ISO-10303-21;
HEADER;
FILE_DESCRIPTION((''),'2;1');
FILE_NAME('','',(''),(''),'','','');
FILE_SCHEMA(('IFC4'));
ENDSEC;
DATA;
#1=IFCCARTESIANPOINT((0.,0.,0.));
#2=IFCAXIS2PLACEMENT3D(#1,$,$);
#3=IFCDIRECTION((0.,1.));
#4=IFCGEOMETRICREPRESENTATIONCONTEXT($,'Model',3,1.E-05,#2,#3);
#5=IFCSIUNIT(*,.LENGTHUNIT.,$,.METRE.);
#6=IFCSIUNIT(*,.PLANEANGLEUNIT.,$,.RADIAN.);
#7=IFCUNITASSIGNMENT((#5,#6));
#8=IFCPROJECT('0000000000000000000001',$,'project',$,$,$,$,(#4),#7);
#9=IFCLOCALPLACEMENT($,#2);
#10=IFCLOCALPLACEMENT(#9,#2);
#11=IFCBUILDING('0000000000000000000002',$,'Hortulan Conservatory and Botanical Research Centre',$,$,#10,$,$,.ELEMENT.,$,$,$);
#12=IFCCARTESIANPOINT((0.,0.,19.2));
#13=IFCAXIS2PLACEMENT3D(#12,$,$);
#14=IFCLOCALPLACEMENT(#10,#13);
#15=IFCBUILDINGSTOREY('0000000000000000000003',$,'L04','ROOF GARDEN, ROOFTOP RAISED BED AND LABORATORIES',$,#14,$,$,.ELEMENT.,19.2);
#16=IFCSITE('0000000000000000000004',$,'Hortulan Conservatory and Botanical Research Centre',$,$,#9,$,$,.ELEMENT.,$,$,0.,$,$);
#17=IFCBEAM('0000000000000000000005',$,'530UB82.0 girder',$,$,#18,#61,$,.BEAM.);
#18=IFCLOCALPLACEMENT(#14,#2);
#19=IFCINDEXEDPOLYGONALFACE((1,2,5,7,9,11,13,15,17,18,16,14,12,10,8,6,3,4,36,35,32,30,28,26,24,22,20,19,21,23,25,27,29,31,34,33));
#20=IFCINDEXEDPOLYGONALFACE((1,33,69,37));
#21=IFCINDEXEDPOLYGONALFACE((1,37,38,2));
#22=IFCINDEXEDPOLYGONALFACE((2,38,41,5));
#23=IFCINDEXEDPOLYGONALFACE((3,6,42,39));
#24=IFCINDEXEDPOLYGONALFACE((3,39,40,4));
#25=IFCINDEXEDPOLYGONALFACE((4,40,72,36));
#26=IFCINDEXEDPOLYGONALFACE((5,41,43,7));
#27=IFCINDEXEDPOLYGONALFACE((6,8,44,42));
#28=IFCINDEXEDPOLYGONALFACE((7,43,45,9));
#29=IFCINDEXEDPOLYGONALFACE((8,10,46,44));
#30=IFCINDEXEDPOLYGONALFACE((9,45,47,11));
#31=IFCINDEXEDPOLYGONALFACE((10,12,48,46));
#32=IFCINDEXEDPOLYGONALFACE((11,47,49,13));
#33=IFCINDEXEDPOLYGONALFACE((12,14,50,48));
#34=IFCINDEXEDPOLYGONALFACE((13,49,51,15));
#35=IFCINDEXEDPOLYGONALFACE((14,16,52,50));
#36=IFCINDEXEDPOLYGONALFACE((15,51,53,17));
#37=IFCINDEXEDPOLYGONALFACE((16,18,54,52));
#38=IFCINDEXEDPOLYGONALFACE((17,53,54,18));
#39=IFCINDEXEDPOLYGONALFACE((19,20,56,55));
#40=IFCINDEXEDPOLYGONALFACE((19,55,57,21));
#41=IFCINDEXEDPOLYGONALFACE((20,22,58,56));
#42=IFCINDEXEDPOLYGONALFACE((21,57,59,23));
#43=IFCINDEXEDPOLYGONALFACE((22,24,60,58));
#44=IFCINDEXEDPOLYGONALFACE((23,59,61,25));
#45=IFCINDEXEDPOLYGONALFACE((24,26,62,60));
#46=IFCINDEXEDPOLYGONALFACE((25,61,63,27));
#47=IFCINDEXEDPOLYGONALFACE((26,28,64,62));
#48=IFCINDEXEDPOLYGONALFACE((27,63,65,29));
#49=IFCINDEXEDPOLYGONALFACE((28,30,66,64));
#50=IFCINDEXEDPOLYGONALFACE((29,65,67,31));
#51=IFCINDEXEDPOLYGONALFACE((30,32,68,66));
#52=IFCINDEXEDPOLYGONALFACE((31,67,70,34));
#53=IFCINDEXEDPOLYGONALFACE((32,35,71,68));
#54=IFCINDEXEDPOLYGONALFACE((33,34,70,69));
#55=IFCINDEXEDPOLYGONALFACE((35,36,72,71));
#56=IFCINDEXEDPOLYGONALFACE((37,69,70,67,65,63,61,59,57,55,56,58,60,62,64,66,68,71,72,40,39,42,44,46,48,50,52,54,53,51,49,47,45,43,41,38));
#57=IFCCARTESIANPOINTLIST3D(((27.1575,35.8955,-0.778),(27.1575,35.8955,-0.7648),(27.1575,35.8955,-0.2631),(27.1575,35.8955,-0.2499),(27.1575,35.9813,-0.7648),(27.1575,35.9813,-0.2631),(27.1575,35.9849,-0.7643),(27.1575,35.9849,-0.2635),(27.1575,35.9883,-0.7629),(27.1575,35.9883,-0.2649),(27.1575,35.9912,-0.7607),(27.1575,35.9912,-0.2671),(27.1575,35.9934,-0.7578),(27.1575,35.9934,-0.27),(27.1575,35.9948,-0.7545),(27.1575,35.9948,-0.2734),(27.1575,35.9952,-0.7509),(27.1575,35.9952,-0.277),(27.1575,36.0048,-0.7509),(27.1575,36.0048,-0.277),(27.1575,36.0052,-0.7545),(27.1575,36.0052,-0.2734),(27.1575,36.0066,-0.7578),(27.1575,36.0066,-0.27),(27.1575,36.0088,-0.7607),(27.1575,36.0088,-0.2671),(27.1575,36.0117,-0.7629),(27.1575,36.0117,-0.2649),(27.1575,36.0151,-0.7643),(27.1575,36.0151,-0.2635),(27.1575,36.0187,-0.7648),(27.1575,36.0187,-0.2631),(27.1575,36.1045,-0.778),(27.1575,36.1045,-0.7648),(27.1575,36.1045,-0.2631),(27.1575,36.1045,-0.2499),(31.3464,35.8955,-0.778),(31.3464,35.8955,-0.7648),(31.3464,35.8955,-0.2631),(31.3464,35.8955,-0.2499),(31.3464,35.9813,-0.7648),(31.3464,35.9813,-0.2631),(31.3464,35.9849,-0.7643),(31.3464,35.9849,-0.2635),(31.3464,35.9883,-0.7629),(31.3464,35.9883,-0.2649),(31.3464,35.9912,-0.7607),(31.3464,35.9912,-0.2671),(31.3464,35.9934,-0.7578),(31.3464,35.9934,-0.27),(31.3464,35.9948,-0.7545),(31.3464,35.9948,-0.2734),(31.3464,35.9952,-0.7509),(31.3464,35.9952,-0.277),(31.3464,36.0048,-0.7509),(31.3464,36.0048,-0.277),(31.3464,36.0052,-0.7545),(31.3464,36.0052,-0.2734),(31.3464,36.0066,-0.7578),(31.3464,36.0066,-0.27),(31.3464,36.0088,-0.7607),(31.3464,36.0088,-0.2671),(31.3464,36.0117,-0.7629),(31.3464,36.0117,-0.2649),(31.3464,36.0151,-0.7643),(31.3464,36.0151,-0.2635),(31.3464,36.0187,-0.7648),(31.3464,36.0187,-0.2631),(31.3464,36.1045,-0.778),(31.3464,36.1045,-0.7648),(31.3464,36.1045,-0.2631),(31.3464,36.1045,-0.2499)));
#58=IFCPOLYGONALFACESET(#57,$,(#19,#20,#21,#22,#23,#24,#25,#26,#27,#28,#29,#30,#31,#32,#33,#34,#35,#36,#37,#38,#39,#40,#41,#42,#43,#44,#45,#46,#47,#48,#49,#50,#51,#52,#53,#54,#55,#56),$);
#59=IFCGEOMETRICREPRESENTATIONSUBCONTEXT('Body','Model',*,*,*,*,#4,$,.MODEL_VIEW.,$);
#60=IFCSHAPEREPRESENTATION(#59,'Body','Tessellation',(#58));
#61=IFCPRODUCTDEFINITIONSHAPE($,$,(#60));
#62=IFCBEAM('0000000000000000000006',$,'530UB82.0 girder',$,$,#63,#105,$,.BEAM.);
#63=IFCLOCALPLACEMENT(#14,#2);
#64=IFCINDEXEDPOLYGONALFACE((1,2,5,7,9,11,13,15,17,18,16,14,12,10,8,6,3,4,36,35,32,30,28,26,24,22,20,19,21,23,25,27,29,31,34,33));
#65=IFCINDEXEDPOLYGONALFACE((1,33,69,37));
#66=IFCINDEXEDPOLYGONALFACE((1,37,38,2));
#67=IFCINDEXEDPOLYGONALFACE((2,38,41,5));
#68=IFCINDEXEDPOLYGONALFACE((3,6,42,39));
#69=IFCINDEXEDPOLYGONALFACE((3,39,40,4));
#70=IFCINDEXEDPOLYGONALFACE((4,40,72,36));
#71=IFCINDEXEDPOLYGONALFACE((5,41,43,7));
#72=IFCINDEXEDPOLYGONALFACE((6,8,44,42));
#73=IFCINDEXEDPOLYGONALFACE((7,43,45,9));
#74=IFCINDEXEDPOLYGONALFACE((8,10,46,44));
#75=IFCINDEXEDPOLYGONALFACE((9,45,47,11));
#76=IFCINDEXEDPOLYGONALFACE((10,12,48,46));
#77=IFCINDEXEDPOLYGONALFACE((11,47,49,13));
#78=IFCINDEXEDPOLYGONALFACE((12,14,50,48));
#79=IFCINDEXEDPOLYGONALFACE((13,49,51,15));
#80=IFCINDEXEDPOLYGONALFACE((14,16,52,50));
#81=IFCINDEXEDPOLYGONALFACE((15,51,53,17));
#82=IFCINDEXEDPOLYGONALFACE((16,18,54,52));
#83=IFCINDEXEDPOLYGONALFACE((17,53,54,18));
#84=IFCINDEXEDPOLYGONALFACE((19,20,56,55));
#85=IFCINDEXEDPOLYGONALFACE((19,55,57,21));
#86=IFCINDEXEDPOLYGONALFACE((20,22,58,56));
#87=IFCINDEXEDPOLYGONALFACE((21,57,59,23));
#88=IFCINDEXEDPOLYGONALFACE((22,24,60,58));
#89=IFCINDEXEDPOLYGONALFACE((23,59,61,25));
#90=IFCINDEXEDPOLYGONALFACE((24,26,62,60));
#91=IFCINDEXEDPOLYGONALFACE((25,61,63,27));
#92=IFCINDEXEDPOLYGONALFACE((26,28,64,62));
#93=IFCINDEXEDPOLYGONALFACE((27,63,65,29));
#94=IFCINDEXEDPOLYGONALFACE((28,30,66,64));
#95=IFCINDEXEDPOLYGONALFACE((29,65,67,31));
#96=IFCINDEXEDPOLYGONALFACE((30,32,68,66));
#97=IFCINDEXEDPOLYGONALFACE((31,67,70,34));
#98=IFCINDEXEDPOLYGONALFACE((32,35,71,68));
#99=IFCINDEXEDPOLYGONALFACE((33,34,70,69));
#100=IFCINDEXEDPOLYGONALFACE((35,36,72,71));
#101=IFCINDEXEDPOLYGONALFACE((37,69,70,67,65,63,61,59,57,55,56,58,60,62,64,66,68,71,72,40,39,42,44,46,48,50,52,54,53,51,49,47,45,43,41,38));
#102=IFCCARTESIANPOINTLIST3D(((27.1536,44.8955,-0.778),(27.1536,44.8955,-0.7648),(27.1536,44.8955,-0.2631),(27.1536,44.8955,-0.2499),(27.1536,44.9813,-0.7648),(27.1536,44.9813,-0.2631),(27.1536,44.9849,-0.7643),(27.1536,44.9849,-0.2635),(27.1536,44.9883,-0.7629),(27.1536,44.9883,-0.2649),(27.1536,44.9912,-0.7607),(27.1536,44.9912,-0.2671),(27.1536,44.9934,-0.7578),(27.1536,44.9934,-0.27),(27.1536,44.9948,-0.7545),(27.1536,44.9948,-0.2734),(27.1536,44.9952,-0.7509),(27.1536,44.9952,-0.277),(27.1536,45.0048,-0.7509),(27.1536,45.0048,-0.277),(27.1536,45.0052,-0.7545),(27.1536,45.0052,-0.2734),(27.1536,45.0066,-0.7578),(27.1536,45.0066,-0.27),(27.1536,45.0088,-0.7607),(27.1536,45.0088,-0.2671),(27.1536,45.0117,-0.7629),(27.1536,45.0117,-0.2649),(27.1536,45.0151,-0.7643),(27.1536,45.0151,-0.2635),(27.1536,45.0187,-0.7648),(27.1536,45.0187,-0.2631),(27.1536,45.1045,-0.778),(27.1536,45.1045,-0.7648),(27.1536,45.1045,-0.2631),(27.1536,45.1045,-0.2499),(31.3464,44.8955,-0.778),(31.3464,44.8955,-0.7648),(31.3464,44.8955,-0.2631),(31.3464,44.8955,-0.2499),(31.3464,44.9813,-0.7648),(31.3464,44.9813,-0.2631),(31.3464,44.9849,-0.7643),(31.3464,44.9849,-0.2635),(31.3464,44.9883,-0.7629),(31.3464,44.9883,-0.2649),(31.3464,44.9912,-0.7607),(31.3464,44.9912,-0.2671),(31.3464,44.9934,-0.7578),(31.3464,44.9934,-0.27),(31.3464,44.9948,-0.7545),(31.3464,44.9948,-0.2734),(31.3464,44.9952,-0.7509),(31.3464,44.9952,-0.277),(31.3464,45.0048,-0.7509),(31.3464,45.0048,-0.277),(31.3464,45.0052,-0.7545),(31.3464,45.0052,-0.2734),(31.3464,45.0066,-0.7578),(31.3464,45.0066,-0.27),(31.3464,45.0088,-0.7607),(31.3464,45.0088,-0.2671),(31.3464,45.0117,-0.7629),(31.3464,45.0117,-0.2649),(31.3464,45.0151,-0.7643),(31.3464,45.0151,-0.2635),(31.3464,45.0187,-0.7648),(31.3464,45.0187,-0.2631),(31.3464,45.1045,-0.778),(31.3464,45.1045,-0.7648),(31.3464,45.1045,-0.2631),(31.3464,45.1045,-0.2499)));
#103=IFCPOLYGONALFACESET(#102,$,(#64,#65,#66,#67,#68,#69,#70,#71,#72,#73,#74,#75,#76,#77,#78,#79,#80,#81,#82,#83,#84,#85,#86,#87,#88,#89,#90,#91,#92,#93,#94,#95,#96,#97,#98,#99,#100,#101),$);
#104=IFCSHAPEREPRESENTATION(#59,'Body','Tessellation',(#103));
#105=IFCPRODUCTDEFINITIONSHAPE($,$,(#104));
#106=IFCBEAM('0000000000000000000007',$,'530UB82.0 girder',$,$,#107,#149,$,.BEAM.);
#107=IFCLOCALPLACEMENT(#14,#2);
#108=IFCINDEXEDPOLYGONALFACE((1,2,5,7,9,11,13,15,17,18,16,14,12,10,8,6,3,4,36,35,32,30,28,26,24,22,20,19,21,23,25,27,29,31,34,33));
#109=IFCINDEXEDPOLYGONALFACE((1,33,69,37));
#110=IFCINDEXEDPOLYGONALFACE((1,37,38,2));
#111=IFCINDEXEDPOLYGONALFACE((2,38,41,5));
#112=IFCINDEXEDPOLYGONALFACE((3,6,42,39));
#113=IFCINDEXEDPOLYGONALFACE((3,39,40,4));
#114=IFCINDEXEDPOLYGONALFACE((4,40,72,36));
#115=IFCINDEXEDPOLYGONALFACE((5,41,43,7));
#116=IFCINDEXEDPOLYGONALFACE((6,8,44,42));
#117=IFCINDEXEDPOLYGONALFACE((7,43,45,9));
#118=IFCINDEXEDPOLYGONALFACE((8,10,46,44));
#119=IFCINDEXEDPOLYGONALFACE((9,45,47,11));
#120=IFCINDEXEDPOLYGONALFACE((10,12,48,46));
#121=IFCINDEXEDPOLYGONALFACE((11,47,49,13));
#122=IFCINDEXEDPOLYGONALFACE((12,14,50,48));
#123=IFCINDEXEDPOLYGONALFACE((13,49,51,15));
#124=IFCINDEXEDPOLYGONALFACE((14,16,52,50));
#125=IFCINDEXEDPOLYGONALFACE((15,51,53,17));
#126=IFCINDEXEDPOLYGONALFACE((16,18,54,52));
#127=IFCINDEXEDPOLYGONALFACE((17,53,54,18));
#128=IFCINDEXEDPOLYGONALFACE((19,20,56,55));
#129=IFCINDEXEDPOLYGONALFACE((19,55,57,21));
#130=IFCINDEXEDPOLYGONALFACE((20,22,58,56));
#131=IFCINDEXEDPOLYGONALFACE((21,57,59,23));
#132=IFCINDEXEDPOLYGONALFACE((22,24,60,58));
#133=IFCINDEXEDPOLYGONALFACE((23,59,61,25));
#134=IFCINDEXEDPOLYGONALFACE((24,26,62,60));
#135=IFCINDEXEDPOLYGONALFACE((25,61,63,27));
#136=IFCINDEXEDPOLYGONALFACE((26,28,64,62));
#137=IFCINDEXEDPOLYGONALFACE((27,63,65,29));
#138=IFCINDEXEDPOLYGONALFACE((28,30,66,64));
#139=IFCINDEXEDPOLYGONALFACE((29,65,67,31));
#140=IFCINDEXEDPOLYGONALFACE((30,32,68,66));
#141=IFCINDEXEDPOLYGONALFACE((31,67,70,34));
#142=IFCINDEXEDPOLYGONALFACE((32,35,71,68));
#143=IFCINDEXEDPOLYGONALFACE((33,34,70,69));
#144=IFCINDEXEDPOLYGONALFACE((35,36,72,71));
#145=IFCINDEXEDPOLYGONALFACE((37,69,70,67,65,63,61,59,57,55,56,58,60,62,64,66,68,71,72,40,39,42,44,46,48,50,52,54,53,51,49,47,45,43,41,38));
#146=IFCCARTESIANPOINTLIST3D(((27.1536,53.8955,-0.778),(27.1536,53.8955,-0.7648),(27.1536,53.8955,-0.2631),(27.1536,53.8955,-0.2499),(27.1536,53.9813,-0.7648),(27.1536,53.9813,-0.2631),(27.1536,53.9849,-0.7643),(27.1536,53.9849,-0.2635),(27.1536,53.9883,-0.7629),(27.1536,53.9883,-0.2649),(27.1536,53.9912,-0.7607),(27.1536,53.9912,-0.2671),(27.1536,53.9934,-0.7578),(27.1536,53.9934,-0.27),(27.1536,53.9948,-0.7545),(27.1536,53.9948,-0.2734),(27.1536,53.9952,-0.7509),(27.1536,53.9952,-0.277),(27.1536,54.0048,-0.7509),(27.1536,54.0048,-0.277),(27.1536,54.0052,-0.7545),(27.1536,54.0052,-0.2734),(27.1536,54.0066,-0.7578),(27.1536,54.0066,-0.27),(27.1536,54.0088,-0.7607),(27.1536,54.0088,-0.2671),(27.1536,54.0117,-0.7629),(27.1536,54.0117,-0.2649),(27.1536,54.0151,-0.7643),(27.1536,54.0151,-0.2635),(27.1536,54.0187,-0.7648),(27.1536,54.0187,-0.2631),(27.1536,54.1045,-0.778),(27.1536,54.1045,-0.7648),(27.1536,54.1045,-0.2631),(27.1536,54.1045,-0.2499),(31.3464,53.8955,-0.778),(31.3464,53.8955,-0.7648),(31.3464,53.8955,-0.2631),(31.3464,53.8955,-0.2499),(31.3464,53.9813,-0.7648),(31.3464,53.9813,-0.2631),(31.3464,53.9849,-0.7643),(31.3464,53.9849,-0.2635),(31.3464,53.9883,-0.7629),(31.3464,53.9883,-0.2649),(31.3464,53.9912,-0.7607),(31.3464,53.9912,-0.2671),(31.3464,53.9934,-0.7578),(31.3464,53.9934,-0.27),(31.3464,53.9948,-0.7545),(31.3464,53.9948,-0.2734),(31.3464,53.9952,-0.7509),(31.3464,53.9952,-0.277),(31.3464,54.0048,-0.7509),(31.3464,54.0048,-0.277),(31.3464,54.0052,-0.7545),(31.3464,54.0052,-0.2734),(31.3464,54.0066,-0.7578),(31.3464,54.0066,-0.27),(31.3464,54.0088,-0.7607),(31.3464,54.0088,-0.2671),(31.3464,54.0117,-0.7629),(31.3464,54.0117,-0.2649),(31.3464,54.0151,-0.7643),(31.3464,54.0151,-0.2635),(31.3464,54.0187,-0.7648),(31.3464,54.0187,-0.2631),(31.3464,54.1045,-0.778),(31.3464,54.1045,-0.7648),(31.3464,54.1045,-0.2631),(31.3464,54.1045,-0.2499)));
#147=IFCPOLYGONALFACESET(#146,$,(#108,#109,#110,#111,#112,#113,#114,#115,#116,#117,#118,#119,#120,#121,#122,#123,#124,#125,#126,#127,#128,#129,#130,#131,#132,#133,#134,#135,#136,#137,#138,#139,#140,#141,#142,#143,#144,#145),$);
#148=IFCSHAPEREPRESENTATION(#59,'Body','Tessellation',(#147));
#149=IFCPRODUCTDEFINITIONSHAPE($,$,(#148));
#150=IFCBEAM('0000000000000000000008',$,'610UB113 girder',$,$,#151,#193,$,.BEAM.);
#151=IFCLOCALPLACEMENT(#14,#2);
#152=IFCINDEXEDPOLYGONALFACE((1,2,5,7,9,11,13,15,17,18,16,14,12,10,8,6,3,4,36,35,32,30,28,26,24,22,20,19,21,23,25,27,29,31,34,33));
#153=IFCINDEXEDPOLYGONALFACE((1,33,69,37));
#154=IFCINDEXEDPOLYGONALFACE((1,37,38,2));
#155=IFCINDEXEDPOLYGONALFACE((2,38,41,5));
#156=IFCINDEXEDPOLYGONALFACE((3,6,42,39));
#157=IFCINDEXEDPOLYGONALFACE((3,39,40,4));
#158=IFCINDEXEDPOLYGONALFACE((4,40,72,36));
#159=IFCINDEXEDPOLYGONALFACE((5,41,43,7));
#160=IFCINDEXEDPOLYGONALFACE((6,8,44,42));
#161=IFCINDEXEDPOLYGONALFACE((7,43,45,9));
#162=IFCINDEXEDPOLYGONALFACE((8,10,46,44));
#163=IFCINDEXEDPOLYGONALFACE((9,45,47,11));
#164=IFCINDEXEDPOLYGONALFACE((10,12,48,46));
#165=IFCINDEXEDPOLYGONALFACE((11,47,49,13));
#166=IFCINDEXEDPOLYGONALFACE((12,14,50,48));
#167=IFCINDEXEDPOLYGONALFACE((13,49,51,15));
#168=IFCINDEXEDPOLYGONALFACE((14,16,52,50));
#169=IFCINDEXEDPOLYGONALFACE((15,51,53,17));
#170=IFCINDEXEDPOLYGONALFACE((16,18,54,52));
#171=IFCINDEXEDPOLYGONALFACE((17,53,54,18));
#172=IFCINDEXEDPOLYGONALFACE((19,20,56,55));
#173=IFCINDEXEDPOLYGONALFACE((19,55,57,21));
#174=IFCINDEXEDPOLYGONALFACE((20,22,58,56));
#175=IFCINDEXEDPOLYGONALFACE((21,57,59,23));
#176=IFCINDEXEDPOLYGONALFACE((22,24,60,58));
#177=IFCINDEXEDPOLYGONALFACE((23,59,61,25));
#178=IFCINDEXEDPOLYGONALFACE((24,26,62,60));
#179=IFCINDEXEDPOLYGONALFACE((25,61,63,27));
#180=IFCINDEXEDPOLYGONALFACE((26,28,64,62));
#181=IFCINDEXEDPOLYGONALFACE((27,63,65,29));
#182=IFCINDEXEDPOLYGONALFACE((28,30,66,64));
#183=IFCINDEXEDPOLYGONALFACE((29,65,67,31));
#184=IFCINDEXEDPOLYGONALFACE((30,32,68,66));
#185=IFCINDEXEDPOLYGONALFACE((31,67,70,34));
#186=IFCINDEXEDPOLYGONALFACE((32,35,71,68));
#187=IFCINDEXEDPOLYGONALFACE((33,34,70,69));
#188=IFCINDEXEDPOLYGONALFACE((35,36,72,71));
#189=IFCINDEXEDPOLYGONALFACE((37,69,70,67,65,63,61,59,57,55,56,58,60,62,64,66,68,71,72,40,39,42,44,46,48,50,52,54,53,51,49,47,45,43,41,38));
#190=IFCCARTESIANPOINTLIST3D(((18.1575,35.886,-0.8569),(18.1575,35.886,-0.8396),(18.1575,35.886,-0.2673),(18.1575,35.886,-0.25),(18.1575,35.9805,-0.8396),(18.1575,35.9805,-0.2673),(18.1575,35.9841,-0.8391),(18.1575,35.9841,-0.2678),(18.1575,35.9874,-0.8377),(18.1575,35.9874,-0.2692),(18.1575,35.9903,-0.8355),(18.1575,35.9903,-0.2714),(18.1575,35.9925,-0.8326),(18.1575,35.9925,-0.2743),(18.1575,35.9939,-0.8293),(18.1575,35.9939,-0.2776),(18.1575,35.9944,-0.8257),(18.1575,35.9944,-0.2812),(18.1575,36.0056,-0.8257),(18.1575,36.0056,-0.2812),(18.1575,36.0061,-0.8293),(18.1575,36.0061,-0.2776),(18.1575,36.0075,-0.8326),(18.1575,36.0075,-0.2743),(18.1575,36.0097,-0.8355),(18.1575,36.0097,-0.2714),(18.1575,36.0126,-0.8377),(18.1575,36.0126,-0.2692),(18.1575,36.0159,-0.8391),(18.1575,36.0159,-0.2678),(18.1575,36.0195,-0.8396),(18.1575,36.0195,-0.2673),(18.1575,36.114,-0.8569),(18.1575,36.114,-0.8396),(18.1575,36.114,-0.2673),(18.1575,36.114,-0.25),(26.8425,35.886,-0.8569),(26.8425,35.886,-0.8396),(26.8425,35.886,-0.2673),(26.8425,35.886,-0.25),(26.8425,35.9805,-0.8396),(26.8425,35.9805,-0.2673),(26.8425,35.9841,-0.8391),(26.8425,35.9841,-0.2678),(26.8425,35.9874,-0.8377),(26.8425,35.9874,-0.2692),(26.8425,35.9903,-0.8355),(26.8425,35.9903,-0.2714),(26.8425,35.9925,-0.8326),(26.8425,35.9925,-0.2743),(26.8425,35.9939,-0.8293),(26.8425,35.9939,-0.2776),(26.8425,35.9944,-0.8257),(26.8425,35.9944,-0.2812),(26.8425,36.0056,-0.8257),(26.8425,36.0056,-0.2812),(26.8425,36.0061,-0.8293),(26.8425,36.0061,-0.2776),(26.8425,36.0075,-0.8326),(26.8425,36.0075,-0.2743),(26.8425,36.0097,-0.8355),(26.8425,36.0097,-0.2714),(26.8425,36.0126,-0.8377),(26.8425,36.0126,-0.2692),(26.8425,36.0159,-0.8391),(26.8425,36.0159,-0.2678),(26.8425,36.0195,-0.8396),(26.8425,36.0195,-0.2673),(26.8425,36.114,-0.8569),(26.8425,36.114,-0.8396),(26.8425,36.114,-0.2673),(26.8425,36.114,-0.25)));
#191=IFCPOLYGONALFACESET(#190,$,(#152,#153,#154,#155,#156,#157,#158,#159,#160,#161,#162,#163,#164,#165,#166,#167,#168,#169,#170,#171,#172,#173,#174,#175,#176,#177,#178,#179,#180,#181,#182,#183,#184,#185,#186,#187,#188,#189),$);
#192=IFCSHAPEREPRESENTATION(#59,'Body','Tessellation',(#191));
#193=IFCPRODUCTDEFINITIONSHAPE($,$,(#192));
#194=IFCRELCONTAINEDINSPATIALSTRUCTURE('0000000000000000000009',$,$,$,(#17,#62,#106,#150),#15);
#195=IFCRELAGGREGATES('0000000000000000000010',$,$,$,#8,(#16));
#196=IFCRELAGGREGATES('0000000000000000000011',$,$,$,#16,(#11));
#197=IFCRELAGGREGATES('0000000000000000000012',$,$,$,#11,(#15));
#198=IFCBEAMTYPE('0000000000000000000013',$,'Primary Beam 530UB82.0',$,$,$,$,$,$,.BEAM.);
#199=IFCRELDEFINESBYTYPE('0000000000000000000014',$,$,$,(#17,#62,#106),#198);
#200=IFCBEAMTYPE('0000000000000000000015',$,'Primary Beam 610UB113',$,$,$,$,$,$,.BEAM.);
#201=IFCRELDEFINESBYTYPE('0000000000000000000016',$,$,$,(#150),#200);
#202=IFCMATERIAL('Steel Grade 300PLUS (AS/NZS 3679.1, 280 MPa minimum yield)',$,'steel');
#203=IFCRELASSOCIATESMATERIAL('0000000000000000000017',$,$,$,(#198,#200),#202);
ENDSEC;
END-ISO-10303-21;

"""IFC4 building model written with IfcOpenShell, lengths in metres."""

from ifc_helpers import new_model, si_unit, direction, frame, origin, origin_2d, place, context, subcontext, project, spatial, i_section, extrude, material, material_profile, profile_set, type_object, element, save


model = new_model("IFC4")

# Units and contexts
model_context = context("Model", 3, precision=1e-05, world=origin(), true_north=direction((0.0, 1.0)))
body_context = subcontext(model_context, "Body", "Model", "MODEL_VIEW")
ifc_project = project(units=[si_unit("LENGTHUNIT", "METRE"), si_unit("PLANEANGLEUNIT", "RADIAN")], contexts=[model_context])

# Site, building, storey
site_placement = place(None, origin())
site = spatial("IfcSite", under=ifc_project, at=site_placement, Name="Hortulan Conservatory and Botanical Research Centre", CompositionType="ELEMENT", RefElevation=0.0)
building_placement = place(site_placement, origin())
building = spatial("IfcBuilding", under=site, at=building_placement, Name="Hortulan Conservatory and Botanical Research Centre", CompositionType="ELEMENT")
storey_placement = place(building_placement, frame((0.0, 0.0, 19.2)))
storey = spatial("IfcBuildingStorey", under=building, at=storey_placement, Name="L04", Description="ROOF GARDEN, ROOFTOP RAISED BED AND LABORATORIES", CompositionType="ELEMENT", Elevation=19.2)

# Beams
ifc_material_1 = material(Name="Steel Grade 300PLUS (AS/NZS 3679.1, 280 MPa minimum yield)", Category="steel")
ifc_material_profile_1 = material_profile(ifc_material_1, i_section(OverallWidth=0.209, OverallDepth=0.5281, WebThickness=0.0095, FlangeThickness=0.0132, FilletRadius=0.0139, at=origin_2d()), Name="530UB82.0")
ifc_profile_set_1 = profile_set([ifc_material_profile_1], Name="Steel Grade 300PLUS (AS/NZS 3679.1, 280 MPa minimum yield)")
beam_type_1 = type_object("IfcBeamType", Name="Primary Beam 530UB82.0", PredefinedType="BEAM", material=ifc_profile_set_1)
beam_1_placement = place(storey_placement, frame((27.1575, 36.0, -0.5139), z_axis=(1.0, 0.0, 0.0), x_axis=(0.0, 1.0, 0.0)))
element("IfcBeam", 1, at=beam_1_placement, inside=storey, type_object=beam_type_1, Name="530UB82.0 girder", PredefinedType="BEAM", context=body_context, shape_type="SweptSolid", body=[
    extrude(i_section(OverallWidth=0.209, OverallDepth=0.5281, WebThickness=0.0095, FlangeThickness=0.0132, FilletRadius=0.0139, at=origin_2d()), origin(), (0.0, 0.0, 1.0), 4.189),
])
for number, where, z_axis, x_axis, name in (
    (2, (27.1536, 45.0, -0.5139), (1.0, 0.0, 0.0), (0.0, 1.0, 0.0), "530UB82.0 girder"),
    (3, (27.1536, 54.0, -0.5139), (1.0, 0.0, 0.0), (0.0, 1.0, 0.0), "530UB82.0 girder"),
):
    element("IfcBeam", number, at=place(storey_placement, frame(where, z_axis=z_axis, x_axis=x_axis)), inside=storey, type_object=beam_type_1, Name=name, PredefinedType="BEAM", context=body_context, shape_type="SweptSolid", body=[
        extrude(i_section(OverallWidth=0.209, OverallDepth=0.5281, WebThickness=0.0095, FlangeThickness=0.0132, FilletRadius=0.0139, at=origin_2d()), origin(), (0.0, 0.0, 1.0), 4.1929),
    ])
ifc_material_profile_2 = material_profile(ifc_material_1, i_section(OverallWidth=0.228, OverallDepth=0.6069, WebThickness=0.0112, FlangeThickness=0.0173, FilletRadius=0.0139, at=origin_2d()), Name="610UB113")
ifc_profile_set_2 = profile_set([ifc_material_profile_2], Name="Steel Grade 300PLUS (AS/NZS 3679.1, 280 MPa minimum yield)")
beam_type_2 = type_object("IfcBeamType", Name="Primary Beam 610UB113", PredefinedType="BEAM", material=ifc_profile_set_2)
for number, where, z_axis, x_axis, name in (
    (4, (18.1575, 36.0, -0.5535), (1.0, 0.0, 0.0), (0.0, 1.0, 0.0), "610UB113 girder"),
):
    element("IfcBeam", number, at=place(storey_placement, frame(where, z_axis=z_axis, x_axis=x_axis)), inside=storey, type_object=beam_type_2, Name=name, PredefinedType="BEAM", context=body_context, shape_type="SweptSolid", body=[
        extrude(i_section(OverallWidth=0.228, OverallDepth=0.6069, WebThickness=0.0112, FlangeThickness=0.0173, FilletRadius=0.0139, at=origin_2d()), origin(), (0.0, 0.0, 1.0), 8.6851),
    ])

save(model, "model.ifc")
